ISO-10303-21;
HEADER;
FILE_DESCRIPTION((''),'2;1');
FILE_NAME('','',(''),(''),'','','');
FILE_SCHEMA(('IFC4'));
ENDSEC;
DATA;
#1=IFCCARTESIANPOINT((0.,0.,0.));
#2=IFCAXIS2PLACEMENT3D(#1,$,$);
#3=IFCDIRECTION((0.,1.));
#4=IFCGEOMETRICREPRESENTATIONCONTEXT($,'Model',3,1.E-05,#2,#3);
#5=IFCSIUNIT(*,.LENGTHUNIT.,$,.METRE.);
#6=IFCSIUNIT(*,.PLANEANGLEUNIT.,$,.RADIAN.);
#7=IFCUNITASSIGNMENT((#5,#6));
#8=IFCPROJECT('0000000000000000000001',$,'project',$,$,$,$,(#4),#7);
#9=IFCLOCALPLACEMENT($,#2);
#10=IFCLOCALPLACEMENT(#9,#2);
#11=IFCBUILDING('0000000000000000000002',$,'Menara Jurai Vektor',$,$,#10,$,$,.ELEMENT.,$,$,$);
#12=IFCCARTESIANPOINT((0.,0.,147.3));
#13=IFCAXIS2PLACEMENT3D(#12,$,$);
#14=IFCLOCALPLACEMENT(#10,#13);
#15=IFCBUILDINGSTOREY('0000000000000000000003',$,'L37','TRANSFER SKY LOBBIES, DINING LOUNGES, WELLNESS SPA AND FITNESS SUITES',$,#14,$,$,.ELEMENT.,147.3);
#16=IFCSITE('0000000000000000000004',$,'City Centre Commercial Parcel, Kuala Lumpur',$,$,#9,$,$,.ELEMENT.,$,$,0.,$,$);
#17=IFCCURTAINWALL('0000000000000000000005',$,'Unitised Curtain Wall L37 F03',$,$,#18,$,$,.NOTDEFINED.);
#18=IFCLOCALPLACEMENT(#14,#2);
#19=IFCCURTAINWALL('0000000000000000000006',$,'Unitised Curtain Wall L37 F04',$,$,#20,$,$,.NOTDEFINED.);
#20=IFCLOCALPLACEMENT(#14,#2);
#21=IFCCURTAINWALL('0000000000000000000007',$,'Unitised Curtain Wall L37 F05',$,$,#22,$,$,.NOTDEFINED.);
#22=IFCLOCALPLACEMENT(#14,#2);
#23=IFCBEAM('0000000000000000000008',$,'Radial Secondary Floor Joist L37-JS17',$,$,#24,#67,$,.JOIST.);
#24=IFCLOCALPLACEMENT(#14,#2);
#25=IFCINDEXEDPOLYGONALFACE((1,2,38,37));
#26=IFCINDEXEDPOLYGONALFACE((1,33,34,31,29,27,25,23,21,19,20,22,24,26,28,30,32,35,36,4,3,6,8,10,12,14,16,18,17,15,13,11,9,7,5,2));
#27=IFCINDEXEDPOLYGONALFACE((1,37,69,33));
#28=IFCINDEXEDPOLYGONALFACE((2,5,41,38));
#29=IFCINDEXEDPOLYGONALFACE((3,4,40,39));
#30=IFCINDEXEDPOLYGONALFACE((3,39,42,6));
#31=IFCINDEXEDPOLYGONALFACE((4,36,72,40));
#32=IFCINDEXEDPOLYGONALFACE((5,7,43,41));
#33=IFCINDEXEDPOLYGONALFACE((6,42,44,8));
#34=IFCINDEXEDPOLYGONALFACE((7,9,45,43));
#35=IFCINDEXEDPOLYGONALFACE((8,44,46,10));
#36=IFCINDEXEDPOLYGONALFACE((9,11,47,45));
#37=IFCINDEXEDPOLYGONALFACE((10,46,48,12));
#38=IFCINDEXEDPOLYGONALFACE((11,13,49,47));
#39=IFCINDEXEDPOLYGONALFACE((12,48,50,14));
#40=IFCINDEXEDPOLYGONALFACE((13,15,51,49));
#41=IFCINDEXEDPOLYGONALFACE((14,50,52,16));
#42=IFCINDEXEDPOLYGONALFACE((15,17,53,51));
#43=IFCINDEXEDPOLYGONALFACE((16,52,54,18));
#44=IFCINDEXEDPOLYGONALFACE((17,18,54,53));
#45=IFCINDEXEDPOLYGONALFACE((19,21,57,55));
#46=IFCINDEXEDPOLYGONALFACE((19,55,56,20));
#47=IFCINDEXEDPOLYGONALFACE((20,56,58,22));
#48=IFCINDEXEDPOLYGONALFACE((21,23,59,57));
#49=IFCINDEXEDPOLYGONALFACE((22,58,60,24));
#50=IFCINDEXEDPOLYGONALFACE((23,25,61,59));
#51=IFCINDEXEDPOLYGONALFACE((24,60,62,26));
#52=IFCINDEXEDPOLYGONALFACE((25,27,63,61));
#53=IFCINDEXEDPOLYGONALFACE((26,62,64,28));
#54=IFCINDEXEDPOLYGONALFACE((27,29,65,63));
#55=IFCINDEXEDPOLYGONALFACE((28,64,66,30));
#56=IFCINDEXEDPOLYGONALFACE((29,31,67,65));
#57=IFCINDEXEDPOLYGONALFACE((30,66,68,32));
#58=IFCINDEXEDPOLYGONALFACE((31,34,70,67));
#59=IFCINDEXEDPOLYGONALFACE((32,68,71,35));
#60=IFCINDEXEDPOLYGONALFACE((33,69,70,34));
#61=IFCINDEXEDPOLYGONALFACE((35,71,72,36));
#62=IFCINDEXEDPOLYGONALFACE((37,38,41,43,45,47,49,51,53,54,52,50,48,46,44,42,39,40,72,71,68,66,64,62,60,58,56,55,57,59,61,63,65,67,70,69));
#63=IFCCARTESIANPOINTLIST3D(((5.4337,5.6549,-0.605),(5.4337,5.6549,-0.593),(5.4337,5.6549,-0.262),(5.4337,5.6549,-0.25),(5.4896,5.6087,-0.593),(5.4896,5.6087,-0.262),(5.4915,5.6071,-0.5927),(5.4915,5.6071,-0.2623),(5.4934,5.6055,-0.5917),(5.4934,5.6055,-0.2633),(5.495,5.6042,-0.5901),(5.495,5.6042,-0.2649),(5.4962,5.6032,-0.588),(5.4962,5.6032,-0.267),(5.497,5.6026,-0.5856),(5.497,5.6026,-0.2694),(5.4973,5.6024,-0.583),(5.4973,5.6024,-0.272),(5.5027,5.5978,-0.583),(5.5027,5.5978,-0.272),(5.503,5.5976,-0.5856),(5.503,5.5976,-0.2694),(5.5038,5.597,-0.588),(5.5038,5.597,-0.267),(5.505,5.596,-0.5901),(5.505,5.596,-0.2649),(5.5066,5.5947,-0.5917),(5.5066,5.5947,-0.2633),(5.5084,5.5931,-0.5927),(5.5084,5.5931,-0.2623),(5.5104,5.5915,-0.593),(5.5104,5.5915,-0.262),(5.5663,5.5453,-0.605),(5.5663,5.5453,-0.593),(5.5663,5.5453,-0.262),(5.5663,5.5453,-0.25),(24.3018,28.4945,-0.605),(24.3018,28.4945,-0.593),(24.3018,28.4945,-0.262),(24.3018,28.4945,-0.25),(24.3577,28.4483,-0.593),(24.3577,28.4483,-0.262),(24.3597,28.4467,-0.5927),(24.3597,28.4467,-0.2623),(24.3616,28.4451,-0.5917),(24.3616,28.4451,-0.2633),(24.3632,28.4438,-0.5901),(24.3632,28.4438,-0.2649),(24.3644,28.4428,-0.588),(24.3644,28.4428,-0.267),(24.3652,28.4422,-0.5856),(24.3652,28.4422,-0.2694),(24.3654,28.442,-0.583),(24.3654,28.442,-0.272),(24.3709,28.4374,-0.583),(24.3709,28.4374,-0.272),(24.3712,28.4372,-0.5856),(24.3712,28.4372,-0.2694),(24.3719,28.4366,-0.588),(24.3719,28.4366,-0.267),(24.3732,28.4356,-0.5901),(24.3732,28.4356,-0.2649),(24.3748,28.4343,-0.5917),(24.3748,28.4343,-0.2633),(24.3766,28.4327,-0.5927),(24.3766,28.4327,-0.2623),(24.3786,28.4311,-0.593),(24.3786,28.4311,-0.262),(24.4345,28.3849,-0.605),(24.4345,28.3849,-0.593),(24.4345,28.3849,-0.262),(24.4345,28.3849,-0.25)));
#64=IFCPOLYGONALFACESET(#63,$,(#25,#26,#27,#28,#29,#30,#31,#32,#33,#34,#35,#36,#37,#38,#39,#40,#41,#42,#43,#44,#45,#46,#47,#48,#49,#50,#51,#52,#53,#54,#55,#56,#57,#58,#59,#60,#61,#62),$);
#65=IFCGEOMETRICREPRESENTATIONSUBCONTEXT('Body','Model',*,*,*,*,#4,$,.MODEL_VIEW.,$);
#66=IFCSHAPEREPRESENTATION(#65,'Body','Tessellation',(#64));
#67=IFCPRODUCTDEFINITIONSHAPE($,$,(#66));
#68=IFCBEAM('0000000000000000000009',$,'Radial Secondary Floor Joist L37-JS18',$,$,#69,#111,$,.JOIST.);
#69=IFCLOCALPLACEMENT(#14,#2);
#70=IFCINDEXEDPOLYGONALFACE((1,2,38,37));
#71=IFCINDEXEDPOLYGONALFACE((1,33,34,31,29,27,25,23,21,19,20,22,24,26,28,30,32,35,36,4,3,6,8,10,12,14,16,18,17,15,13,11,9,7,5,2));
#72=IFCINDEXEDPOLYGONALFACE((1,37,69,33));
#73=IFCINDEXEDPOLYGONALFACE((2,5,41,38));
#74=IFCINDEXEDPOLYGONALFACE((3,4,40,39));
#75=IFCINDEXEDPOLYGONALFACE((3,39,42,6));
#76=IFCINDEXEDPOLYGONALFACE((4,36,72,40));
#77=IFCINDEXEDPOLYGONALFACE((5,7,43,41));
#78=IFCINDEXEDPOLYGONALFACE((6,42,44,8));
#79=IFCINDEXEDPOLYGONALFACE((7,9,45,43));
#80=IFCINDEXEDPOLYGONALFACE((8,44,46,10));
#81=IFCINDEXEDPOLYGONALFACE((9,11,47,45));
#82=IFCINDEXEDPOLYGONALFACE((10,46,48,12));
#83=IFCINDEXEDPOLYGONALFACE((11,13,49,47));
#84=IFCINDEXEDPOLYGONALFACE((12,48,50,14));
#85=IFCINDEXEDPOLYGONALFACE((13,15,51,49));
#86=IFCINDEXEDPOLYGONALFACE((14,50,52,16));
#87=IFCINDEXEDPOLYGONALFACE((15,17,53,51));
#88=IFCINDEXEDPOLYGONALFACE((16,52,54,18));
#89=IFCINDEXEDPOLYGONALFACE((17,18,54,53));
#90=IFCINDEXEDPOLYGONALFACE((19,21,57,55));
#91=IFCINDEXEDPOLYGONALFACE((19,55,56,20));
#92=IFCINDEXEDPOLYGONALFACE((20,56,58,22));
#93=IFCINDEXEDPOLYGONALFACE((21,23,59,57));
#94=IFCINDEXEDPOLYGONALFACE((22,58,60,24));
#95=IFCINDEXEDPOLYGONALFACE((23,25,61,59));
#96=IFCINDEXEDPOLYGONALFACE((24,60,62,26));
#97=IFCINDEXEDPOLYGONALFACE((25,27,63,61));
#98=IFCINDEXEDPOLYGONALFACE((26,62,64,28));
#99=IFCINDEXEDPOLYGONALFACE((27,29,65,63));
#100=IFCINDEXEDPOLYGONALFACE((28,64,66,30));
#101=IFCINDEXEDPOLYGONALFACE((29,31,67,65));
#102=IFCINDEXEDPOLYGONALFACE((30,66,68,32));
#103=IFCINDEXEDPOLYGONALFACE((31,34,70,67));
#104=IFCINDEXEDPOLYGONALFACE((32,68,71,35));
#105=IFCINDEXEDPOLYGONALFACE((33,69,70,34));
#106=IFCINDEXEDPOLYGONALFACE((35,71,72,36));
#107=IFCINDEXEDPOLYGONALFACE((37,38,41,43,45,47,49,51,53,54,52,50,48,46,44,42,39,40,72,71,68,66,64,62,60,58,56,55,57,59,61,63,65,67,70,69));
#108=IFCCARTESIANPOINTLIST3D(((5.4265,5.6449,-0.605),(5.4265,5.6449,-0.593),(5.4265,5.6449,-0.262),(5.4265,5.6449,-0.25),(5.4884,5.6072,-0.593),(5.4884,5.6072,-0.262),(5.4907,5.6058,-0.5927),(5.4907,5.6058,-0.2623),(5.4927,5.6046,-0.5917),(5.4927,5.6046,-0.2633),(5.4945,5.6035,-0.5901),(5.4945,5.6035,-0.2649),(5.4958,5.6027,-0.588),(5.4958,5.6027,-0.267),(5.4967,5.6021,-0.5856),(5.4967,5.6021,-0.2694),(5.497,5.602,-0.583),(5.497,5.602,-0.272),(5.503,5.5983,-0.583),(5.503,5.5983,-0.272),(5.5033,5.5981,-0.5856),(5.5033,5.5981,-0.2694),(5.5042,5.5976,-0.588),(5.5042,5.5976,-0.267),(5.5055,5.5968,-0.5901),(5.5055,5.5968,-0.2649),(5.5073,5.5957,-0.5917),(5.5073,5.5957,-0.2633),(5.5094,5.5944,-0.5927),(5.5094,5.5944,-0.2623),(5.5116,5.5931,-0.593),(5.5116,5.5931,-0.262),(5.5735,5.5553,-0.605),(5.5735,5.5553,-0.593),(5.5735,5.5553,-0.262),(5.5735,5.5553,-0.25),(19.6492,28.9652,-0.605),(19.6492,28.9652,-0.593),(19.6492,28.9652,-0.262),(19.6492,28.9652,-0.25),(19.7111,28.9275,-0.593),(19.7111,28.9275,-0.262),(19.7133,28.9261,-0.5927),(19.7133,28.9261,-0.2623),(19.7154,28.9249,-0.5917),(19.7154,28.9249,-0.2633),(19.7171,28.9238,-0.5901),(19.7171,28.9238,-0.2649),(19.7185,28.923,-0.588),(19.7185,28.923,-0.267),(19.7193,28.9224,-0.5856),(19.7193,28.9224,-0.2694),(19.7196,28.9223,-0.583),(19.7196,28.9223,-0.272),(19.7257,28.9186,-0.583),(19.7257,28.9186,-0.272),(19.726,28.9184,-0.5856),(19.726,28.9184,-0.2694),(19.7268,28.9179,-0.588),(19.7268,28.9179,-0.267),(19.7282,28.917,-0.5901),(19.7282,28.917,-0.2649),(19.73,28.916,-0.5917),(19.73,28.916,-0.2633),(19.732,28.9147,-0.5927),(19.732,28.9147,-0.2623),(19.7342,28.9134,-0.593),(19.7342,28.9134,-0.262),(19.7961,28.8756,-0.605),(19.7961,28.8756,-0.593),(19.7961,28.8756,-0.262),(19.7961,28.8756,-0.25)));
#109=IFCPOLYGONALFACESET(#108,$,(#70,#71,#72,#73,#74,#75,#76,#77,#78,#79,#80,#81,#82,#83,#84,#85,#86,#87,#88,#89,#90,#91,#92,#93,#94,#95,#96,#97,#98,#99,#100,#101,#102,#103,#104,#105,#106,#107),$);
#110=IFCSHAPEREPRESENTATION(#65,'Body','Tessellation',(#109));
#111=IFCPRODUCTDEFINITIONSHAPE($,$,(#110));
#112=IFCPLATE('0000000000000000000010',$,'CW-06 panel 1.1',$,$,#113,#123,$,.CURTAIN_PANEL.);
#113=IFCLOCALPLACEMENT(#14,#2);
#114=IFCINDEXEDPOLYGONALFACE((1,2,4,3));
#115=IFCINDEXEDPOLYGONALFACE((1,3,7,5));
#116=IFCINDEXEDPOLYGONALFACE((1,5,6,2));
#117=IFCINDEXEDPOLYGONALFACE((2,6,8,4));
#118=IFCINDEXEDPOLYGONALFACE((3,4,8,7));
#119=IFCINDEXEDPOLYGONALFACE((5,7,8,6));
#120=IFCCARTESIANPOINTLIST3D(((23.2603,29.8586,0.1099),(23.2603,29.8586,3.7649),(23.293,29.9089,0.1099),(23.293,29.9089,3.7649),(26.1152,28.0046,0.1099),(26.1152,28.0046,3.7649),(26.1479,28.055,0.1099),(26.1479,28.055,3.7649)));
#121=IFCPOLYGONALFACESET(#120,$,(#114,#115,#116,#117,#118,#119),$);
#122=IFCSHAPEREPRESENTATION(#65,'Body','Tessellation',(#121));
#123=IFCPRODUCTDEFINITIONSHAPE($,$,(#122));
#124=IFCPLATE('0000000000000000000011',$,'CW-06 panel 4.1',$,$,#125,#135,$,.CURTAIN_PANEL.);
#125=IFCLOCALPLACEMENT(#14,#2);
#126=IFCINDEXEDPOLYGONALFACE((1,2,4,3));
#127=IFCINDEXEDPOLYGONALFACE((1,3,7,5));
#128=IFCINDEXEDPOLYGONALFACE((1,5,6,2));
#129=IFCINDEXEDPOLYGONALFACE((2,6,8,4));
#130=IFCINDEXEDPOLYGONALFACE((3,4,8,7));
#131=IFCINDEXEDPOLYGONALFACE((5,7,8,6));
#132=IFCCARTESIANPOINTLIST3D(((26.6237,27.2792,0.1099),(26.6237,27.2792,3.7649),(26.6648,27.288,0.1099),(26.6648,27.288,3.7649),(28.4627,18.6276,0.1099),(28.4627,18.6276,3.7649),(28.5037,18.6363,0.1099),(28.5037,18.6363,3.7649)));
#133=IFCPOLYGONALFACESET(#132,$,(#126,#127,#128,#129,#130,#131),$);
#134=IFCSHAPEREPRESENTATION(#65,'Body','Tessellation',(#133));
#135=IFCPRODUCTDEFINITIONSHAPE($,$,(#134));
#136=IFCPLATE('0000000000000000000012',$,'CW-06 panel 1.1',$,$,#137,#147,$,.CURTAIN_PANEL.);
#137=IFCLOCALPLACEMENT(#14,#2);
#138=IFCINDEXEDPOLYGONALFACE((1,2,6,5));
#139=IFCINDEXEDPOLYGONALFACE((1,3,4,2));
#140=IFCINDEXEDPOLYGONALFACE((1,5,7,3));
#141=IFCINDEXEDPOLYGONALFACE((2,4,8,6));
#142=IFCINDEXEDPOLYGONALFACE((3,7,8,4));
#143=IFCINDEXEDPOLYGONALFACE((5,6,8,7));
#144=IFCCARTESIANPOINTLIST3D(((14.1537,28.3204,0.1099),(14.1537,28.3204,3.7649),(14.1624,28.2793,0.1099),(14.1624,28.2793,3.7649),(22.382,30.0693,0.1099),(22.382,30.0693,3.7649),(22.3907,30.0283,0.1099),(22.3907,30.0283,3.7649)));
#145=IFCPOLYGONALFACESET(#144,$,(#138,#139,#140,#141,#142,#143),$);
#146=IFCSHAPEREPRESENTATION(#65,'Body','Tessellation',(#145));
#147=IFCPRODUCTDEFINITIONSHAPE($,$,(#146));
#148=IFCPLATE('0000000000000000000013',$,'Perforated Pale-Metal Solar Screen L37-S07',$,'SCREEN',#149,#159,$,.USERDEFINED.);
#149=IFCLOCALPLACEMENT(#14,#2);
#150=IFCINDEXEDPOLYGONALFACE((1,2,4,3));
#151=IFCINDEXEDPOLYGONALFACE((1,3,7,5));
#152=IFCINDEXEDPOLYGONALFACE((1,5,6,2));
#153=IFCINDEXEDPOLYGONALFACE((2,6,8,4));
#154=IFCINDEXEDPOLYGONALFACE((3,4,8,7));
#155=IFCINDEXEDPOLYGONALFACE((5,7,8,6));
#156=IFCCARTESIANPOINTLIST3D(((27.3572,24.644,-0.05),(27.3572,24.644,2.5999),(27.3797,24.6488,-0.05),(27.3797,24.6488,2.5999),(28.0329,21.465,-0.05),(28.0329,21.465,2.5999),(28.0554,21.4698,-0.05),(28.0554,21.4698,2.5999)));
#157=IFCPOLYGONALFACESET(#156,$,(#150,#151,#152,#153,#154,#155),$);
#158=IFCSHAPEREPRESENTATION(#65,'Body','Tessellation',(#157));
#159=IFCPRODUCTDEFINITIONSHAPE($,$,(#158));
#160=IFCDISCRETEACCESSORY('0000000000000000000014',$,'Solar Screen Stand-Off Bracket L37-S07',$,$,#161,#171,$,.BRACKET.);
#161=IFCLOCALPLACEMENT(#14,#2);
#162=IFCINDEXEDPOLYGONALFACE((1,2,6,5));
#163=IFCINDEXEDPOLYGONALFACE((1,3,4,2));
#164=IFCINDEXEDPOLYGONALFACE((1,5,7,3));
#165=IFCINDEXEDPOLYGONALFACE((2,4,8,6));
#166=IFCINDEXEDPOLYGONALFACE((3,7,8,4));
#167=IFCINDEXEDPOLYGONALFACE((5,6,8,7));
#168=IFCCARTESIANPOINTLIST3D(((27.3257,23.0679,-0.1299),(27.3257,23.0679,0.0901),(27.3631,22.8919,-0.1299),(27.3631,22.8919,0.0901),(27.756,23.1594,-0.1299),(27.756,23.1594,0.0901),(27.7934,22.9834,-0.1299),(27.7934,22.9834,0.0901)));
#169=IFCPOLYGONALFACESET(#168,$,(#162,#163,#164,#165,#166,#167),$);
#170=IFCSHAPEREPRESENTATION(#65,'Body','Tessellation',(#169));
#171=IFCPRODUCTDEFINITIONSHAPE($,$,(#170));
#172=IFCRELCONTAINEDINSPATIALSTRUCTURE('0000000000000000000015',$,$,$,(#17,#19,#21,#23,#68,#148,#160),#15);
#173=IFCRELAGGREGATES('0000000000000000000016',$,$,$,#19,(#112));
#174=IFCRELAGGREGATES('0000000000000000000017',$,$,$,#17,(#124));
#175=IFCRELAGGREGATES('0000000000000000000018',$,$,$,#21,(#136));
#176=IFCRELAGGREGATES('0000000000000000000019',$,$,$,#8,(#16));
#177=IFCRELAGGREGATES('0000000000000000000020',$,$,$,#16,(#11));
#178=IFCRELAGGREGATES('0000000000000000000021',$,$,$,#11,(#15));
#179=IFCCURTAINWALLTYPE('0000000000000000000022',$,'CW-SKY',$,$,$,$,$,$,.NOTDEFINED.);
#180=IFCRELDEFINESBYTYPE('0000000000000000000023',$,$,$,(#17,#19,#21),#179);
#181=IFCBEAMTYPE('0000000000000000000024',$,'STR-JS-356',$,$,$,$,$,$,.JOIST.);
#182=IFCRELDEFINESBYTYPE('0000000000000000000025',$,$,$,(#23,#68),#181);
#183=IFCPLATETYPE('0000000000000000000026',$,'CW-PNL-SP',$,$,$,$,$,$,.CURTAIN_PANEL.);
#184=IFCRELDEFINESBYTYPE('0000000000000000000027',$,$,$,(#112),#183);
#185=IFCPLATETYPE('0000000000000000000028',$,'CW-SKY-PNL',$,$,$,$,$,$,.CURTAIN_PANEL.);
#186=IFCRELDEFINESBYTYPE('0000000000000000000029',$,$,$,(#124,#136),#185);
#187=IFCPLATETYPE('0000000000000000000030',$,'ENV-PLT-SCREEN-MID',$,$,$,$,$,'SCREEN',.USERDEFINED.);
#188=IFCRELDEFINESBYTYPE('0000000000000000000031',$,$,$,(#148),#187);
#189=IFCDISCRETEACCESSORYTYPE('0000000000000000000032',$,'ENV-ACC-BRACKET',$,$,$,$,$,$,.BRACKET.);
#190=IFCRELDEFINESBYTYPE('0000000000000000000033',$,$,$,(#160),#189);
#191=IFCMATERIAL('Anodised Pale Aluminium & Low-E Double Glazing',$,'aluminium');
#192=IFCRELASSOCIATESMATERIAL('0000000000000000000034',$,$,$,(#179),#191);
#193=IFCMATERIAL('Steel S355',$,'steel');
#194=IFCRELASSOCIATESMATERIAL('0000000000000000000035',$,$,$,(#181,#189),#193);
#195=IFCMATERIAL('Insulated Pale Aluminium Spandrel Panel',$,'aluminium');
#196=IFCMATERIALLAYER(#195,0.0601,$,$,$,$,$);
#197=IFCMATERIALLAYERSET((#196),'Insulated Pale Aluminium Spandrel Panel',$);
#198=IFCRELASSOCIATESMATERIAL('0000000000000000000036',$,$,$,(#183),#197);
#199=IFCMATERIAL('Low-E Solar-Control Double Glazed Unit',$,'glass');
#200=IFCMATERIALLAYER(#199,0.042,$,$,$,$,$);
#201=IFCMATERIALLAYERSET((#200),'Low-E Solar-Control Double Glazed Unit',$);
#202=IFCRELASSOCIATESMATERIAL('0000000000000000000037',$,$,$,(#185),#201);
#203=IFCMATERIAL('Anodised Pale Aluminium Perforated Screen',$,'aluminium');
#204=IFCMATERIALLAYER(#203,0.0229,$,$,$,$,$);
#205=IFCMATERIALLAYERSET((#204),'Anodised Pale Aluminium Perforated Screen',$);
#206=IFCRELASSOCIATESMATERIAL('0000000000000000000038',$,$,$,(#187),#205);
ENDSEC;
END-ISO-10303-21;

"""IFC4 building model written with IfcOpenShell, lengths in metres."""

from ifc_helpers import new_model, si_unit, direction, frame, origin, origin_2d, place, context, subcontext, project, spatial, rectangle, i_section, extrude, material, layer, layer_set, material_profile, profile_set, type_object, element, aggregate, save


model = new_model("IFC4")

# Units and contexts
model_context = context("Model", 3, precision=1e-05, world=origin(), true_north=direction((0.0, 1.0)))
body_context = subcontext(model_context, "Body", "Model", "MODEL_VIEW")
ifc_project = project(units=[si_unit("LENGTHUNIT", "METRE"), si_unit("PLANEANGLEUNIT", "RADIAN")], contexts=[model_context])

# Site, building, storey
site_placement = place(None, origin())
site = spatial("IfcSite", under=ifc_project, at=site_placement, Name="City Centre Commercial Parcel, Kuala Lumpur", CompositionType="ELEMENT", RefElevation=0.0)
building_placement = place(site_placement, origin())
building = spatial("IfcBuilding", under=site, at=building_placement, Name="Menara Jurai Vektor", CompositionType="ELEMENT")
storey_placement = place(building_placement, frame((0.0, 0.0, 147.3)))
storey = spatial("IfcBuildingStorey", under=building, at=storey_placement, Name="L37", Description="TRANSFER SKY LOBBIES, DINING LOUNGES, WELLNESS SPA AND FITNESS SUITES", CompositionType="ELEMENT", Elevation=147.3)

# Curtain wall
ifc_material_1 = material(Name="Anodised Pale Aluminium & Low-E Double Glazing", Category="aluminium")
curtain_wall_type = type_object("IfcCurtainWallType", Name="CW-SKY", PredefinedType="NOTDEFINED", material=ifc_material_1)
curtain_wall_1_placement = place(storey_placement, origin())
curtain_wall_1 = element("IfcCurtainWall", 1, at=curtain_wall_1_placement, inside=storey, type_object=curtain_wall_type, Name="Unitised Curtain Wall L37 F03", PredefinedType="NOTDEFINED")

# Curtain wall
curtain_wall_2_placement = place(storey_placement, origin())
curtain_wall_2 = element("IfcCurtainWall", 2, at=curtain_wall_2_placement, inside=storey, type_object=curtain_wall_type, Name="Unitised Curtain Wall L37 F04", PredefinedType="NOTDEFINED")

# Curtain wall
curtain_wall_3_placement = place(storey_placement, origin())
curtain_wall_3 = element("IfcCurtainWall", 3, at=curtain_wall_3_placement, inside=storey, type_object=curtain_wall_type, Name="Unitised Curtain Wall L37 F05", PredefinedType="NOTDEFINED")

# Shared definitions
ifc_material_2 = material(Name="Steel S355", Category="steel")

# Beams
ifc_material_profile_1 = material_profile(ifc_material_2, i_section(OverallWidth=0.1721, OverallDepth=0.355, WebThickness=0.0071, FlangeThickness=0.012, FilletRadius=0.01, at=origin_2d()), Name="UKB 356x171x51")
ifc_profile_set_1 = profile_set([ifc_material_profile_1], Name="Steel S355")
beam_type_1 = type_object("IfcBeamType", Name="STR-JS-356", PredefinedType="JOIST", material=ifc_profile_set_1)
beam_1_placement = place(storey_placement, frame((24.3682, 28.4397, -0.4275), z_axis=(-0.636895, -0.770951, 0.0), x_axis=(0.770951, -0.636895, 0.0)))
element("IfcBeam", 4, at=beam_1_placement, inside=storey, type_object=beam_type_1, Name="Radial Secondary Floor Joist L37-JS17", PredefinedType="JOIST", context=body_context, shape_type="SweptSolid", body=[
    extrude(i_section(OverallWidth=0.1721, OverallDepth=0.355, WebThickness=0.0071, FlangeThickness=0.012, FilletRadius=0.01, at=origin_2d()), origin(), (0.0, 0.0, 1.0), 29.6252),
])
beam_2_placement = place(storey_placement, frame((19.7227, 28.9204, -0.4275), z_axis=(-0.520686, -0.853748, 0.0), x_axis=(0.853748, -0.520686, 0.0)))
element("IfcBeam", 5, at=beam_2_placement, inside=storey, type_object=beam_type_1, Name="Radial Secondary Floor Joist L37-JS18", PredefinedType="JOIST", context=body_context, shape_type="SweptSolid", body=[
    extrude(i_section(OverallWidth=0.1721, OverallDepth=0.355, WebThickness=0.0071, FlangeThickness=0.012, FilletRadius=0.01, at=origin_2d()), origin(), (0.0, 0.0, 1.0), 27.3152),
])

# Plates
ifc_material_3 = material(Name="Insulated Pale Aluminium Spandrel Panel", Category="aluminium")
ifc_layer_1 = layer(ifc_material_3, 0.0601)
ifc_layer_set_1 = layer_set([ifc_layer_1], Name="Insulated Pale Aluminium Spandrel Panel")
plate_type_1 = type_object("IfcPlateType", Name="CW-PNL-SP", PredefinedType="CURTAIN_PANEL", material=ifc_layer_set_1)
plate_1_placement = place(storey_placement, frame((24.7041, 28.9568, 0.1099), z_axis=(0.0, 0.0, 1.0), x_axis=(-0.838684, 0.544618, 0.0)))
plate_1 = element("IfcPlate", 6, at=plate_1_placement, type_object=plate_type_1, Name="CW-06 panel 1.1", PredefinedType="CURTAIN_PANEL", context=body_context, shape_type="SweptSolid", body=[
    extrude(rectangle(XDim=3.4041, YDim=0.0601, at=origin_2d()), origin(), (0.0, 0.0, 1.0), 3.655),
])
aggregate(curtain_wall_2, [plate_1])
ifc_material_4 = material(Name="Low-E Solar-Control Double Glazed Unit", Category="glass")
ifc_layer_2 = layer(ifc_material_4, 0.042)
ifc_layer_set_2 = layer_set([ifc_layer_2], Name="Low-E Solar-Control Double Glazed Unit")
plate_type_2 = type_object("IfcPlateType", Name="CW-SKY-PNL", PredefinedType="CURTAIN_PANEL", material=ifc_layer_set_2)
plate_2_placement = place(storey_placement, frame((27.5637, 22.9578, 0.1099), z_axis=(0.0, 0.0, 1.0), x_axis=(-0.20791, 0.978148, 0.0)))
plate_2 = element("IfcPlate", 7, at=plate_2_placement, type_object=plate_type_2, Name="CW-06 panel 4.1", PredefinedType="CURTAIN_PANEL", context=body_context, shape_type="SweptSolid", body=[
    extrude(rectangle(XDim=8.845, YDim=0.042, at=origin_2d()), origin(), (0.0, 0.0, 1.0), 3.655),
])
aggregate(curtain_wall_1, [plate_2])
plate_3_placement = place(storey_placement, frame((18.2722, 29.1743, 0.1099), z_axis=(0.0, 0.0, 1.0), x_axis=(-0.978148, -0.207911, 0.0)))
plate_3 = element("IfcPlate", 8, at=plate_3_placement, type_object=plate_type_2, Name="CW-06 panel 1.1", PredefinedType="CURTAIN_PANEL", context=body_context, shape_type="SweptSolid", body=[
    extrude(rectangle(XDim=8.4121, YDim=0.042, at=origin_2d()), origin(), (0.0, 0.0, 1.0), 3.655),
])
aggregate(curtain_wall_3, [plate_3])
ifc_material_5 = material(Name="Anodised Pale Aluminium Perforated Screen", Category="aluminium")
ifc_layer_3 = layer(ifc_material_5, 0.0229)
ifc_layer_set_3 = layer_set([ifc_layer_3], Name="Anodised Pale Aluminium Perforated Screen")
plate_type_3 = type_object("IfcPlateType", Name="ENV-PLT-SCREEN-MID", ElementType="SCREEN", PredefinedType="USERDEFINED", material=ifc_layer_set_3)
plate_4_placement = place(storey_placement, frame((27.7063, 23.0569, -0.05), z_axis=(0.0, 0.0, 1.0), x_axis=(-0.207912, 0.978148, 0.0)))
element("IfcPlate", 9, at=plate_4_placement, inside=storey, type_object=plate_type_3, Name="Perforated Pale-Metal Solar Screen L37-S07", ObjectType="SCREEN", PredefinedType="USERDEFINED", context=body_context, shape_type="SweptSolid", body=[
    extrude(rectangle(XDim=3.25, YDim=0.0229, at=origin_2d()), origin(), (0.0, 0.0, 1.0), 2.6499),
])

# Discrete accessory
discrete_accessory_type = type_object("IfcDiscreteAccessoryType", Name="ENV-ACC-BRACKET", PredefinedType="BRACKET", material=ifc_material_2)
discrete_accessory_placement = place(storey_placement, frame((27.5596, 23.0256, -0.1299), z_axis=(0.0, 0.0, 1.0), x_axis=(-0.207912, 0.978148, 0.0)))
element("IfcDiscreteAccessory", 10, at=discrete_accessory_placement, inside=storey, type_object=discrete_accessory_type, Name="Solar Screen Stand-Off Bracket L37-S07", PredefinedType="BRACKET", context=body_context, shape_type="SweptSolid", body=[
    extrude(rectangle(XDim=0.1799, YDim=0.4399, at=origin_2d()), origin(), (0.0, 0.0, 1.0), 0.22),
])

save(model, "model.ifc")
